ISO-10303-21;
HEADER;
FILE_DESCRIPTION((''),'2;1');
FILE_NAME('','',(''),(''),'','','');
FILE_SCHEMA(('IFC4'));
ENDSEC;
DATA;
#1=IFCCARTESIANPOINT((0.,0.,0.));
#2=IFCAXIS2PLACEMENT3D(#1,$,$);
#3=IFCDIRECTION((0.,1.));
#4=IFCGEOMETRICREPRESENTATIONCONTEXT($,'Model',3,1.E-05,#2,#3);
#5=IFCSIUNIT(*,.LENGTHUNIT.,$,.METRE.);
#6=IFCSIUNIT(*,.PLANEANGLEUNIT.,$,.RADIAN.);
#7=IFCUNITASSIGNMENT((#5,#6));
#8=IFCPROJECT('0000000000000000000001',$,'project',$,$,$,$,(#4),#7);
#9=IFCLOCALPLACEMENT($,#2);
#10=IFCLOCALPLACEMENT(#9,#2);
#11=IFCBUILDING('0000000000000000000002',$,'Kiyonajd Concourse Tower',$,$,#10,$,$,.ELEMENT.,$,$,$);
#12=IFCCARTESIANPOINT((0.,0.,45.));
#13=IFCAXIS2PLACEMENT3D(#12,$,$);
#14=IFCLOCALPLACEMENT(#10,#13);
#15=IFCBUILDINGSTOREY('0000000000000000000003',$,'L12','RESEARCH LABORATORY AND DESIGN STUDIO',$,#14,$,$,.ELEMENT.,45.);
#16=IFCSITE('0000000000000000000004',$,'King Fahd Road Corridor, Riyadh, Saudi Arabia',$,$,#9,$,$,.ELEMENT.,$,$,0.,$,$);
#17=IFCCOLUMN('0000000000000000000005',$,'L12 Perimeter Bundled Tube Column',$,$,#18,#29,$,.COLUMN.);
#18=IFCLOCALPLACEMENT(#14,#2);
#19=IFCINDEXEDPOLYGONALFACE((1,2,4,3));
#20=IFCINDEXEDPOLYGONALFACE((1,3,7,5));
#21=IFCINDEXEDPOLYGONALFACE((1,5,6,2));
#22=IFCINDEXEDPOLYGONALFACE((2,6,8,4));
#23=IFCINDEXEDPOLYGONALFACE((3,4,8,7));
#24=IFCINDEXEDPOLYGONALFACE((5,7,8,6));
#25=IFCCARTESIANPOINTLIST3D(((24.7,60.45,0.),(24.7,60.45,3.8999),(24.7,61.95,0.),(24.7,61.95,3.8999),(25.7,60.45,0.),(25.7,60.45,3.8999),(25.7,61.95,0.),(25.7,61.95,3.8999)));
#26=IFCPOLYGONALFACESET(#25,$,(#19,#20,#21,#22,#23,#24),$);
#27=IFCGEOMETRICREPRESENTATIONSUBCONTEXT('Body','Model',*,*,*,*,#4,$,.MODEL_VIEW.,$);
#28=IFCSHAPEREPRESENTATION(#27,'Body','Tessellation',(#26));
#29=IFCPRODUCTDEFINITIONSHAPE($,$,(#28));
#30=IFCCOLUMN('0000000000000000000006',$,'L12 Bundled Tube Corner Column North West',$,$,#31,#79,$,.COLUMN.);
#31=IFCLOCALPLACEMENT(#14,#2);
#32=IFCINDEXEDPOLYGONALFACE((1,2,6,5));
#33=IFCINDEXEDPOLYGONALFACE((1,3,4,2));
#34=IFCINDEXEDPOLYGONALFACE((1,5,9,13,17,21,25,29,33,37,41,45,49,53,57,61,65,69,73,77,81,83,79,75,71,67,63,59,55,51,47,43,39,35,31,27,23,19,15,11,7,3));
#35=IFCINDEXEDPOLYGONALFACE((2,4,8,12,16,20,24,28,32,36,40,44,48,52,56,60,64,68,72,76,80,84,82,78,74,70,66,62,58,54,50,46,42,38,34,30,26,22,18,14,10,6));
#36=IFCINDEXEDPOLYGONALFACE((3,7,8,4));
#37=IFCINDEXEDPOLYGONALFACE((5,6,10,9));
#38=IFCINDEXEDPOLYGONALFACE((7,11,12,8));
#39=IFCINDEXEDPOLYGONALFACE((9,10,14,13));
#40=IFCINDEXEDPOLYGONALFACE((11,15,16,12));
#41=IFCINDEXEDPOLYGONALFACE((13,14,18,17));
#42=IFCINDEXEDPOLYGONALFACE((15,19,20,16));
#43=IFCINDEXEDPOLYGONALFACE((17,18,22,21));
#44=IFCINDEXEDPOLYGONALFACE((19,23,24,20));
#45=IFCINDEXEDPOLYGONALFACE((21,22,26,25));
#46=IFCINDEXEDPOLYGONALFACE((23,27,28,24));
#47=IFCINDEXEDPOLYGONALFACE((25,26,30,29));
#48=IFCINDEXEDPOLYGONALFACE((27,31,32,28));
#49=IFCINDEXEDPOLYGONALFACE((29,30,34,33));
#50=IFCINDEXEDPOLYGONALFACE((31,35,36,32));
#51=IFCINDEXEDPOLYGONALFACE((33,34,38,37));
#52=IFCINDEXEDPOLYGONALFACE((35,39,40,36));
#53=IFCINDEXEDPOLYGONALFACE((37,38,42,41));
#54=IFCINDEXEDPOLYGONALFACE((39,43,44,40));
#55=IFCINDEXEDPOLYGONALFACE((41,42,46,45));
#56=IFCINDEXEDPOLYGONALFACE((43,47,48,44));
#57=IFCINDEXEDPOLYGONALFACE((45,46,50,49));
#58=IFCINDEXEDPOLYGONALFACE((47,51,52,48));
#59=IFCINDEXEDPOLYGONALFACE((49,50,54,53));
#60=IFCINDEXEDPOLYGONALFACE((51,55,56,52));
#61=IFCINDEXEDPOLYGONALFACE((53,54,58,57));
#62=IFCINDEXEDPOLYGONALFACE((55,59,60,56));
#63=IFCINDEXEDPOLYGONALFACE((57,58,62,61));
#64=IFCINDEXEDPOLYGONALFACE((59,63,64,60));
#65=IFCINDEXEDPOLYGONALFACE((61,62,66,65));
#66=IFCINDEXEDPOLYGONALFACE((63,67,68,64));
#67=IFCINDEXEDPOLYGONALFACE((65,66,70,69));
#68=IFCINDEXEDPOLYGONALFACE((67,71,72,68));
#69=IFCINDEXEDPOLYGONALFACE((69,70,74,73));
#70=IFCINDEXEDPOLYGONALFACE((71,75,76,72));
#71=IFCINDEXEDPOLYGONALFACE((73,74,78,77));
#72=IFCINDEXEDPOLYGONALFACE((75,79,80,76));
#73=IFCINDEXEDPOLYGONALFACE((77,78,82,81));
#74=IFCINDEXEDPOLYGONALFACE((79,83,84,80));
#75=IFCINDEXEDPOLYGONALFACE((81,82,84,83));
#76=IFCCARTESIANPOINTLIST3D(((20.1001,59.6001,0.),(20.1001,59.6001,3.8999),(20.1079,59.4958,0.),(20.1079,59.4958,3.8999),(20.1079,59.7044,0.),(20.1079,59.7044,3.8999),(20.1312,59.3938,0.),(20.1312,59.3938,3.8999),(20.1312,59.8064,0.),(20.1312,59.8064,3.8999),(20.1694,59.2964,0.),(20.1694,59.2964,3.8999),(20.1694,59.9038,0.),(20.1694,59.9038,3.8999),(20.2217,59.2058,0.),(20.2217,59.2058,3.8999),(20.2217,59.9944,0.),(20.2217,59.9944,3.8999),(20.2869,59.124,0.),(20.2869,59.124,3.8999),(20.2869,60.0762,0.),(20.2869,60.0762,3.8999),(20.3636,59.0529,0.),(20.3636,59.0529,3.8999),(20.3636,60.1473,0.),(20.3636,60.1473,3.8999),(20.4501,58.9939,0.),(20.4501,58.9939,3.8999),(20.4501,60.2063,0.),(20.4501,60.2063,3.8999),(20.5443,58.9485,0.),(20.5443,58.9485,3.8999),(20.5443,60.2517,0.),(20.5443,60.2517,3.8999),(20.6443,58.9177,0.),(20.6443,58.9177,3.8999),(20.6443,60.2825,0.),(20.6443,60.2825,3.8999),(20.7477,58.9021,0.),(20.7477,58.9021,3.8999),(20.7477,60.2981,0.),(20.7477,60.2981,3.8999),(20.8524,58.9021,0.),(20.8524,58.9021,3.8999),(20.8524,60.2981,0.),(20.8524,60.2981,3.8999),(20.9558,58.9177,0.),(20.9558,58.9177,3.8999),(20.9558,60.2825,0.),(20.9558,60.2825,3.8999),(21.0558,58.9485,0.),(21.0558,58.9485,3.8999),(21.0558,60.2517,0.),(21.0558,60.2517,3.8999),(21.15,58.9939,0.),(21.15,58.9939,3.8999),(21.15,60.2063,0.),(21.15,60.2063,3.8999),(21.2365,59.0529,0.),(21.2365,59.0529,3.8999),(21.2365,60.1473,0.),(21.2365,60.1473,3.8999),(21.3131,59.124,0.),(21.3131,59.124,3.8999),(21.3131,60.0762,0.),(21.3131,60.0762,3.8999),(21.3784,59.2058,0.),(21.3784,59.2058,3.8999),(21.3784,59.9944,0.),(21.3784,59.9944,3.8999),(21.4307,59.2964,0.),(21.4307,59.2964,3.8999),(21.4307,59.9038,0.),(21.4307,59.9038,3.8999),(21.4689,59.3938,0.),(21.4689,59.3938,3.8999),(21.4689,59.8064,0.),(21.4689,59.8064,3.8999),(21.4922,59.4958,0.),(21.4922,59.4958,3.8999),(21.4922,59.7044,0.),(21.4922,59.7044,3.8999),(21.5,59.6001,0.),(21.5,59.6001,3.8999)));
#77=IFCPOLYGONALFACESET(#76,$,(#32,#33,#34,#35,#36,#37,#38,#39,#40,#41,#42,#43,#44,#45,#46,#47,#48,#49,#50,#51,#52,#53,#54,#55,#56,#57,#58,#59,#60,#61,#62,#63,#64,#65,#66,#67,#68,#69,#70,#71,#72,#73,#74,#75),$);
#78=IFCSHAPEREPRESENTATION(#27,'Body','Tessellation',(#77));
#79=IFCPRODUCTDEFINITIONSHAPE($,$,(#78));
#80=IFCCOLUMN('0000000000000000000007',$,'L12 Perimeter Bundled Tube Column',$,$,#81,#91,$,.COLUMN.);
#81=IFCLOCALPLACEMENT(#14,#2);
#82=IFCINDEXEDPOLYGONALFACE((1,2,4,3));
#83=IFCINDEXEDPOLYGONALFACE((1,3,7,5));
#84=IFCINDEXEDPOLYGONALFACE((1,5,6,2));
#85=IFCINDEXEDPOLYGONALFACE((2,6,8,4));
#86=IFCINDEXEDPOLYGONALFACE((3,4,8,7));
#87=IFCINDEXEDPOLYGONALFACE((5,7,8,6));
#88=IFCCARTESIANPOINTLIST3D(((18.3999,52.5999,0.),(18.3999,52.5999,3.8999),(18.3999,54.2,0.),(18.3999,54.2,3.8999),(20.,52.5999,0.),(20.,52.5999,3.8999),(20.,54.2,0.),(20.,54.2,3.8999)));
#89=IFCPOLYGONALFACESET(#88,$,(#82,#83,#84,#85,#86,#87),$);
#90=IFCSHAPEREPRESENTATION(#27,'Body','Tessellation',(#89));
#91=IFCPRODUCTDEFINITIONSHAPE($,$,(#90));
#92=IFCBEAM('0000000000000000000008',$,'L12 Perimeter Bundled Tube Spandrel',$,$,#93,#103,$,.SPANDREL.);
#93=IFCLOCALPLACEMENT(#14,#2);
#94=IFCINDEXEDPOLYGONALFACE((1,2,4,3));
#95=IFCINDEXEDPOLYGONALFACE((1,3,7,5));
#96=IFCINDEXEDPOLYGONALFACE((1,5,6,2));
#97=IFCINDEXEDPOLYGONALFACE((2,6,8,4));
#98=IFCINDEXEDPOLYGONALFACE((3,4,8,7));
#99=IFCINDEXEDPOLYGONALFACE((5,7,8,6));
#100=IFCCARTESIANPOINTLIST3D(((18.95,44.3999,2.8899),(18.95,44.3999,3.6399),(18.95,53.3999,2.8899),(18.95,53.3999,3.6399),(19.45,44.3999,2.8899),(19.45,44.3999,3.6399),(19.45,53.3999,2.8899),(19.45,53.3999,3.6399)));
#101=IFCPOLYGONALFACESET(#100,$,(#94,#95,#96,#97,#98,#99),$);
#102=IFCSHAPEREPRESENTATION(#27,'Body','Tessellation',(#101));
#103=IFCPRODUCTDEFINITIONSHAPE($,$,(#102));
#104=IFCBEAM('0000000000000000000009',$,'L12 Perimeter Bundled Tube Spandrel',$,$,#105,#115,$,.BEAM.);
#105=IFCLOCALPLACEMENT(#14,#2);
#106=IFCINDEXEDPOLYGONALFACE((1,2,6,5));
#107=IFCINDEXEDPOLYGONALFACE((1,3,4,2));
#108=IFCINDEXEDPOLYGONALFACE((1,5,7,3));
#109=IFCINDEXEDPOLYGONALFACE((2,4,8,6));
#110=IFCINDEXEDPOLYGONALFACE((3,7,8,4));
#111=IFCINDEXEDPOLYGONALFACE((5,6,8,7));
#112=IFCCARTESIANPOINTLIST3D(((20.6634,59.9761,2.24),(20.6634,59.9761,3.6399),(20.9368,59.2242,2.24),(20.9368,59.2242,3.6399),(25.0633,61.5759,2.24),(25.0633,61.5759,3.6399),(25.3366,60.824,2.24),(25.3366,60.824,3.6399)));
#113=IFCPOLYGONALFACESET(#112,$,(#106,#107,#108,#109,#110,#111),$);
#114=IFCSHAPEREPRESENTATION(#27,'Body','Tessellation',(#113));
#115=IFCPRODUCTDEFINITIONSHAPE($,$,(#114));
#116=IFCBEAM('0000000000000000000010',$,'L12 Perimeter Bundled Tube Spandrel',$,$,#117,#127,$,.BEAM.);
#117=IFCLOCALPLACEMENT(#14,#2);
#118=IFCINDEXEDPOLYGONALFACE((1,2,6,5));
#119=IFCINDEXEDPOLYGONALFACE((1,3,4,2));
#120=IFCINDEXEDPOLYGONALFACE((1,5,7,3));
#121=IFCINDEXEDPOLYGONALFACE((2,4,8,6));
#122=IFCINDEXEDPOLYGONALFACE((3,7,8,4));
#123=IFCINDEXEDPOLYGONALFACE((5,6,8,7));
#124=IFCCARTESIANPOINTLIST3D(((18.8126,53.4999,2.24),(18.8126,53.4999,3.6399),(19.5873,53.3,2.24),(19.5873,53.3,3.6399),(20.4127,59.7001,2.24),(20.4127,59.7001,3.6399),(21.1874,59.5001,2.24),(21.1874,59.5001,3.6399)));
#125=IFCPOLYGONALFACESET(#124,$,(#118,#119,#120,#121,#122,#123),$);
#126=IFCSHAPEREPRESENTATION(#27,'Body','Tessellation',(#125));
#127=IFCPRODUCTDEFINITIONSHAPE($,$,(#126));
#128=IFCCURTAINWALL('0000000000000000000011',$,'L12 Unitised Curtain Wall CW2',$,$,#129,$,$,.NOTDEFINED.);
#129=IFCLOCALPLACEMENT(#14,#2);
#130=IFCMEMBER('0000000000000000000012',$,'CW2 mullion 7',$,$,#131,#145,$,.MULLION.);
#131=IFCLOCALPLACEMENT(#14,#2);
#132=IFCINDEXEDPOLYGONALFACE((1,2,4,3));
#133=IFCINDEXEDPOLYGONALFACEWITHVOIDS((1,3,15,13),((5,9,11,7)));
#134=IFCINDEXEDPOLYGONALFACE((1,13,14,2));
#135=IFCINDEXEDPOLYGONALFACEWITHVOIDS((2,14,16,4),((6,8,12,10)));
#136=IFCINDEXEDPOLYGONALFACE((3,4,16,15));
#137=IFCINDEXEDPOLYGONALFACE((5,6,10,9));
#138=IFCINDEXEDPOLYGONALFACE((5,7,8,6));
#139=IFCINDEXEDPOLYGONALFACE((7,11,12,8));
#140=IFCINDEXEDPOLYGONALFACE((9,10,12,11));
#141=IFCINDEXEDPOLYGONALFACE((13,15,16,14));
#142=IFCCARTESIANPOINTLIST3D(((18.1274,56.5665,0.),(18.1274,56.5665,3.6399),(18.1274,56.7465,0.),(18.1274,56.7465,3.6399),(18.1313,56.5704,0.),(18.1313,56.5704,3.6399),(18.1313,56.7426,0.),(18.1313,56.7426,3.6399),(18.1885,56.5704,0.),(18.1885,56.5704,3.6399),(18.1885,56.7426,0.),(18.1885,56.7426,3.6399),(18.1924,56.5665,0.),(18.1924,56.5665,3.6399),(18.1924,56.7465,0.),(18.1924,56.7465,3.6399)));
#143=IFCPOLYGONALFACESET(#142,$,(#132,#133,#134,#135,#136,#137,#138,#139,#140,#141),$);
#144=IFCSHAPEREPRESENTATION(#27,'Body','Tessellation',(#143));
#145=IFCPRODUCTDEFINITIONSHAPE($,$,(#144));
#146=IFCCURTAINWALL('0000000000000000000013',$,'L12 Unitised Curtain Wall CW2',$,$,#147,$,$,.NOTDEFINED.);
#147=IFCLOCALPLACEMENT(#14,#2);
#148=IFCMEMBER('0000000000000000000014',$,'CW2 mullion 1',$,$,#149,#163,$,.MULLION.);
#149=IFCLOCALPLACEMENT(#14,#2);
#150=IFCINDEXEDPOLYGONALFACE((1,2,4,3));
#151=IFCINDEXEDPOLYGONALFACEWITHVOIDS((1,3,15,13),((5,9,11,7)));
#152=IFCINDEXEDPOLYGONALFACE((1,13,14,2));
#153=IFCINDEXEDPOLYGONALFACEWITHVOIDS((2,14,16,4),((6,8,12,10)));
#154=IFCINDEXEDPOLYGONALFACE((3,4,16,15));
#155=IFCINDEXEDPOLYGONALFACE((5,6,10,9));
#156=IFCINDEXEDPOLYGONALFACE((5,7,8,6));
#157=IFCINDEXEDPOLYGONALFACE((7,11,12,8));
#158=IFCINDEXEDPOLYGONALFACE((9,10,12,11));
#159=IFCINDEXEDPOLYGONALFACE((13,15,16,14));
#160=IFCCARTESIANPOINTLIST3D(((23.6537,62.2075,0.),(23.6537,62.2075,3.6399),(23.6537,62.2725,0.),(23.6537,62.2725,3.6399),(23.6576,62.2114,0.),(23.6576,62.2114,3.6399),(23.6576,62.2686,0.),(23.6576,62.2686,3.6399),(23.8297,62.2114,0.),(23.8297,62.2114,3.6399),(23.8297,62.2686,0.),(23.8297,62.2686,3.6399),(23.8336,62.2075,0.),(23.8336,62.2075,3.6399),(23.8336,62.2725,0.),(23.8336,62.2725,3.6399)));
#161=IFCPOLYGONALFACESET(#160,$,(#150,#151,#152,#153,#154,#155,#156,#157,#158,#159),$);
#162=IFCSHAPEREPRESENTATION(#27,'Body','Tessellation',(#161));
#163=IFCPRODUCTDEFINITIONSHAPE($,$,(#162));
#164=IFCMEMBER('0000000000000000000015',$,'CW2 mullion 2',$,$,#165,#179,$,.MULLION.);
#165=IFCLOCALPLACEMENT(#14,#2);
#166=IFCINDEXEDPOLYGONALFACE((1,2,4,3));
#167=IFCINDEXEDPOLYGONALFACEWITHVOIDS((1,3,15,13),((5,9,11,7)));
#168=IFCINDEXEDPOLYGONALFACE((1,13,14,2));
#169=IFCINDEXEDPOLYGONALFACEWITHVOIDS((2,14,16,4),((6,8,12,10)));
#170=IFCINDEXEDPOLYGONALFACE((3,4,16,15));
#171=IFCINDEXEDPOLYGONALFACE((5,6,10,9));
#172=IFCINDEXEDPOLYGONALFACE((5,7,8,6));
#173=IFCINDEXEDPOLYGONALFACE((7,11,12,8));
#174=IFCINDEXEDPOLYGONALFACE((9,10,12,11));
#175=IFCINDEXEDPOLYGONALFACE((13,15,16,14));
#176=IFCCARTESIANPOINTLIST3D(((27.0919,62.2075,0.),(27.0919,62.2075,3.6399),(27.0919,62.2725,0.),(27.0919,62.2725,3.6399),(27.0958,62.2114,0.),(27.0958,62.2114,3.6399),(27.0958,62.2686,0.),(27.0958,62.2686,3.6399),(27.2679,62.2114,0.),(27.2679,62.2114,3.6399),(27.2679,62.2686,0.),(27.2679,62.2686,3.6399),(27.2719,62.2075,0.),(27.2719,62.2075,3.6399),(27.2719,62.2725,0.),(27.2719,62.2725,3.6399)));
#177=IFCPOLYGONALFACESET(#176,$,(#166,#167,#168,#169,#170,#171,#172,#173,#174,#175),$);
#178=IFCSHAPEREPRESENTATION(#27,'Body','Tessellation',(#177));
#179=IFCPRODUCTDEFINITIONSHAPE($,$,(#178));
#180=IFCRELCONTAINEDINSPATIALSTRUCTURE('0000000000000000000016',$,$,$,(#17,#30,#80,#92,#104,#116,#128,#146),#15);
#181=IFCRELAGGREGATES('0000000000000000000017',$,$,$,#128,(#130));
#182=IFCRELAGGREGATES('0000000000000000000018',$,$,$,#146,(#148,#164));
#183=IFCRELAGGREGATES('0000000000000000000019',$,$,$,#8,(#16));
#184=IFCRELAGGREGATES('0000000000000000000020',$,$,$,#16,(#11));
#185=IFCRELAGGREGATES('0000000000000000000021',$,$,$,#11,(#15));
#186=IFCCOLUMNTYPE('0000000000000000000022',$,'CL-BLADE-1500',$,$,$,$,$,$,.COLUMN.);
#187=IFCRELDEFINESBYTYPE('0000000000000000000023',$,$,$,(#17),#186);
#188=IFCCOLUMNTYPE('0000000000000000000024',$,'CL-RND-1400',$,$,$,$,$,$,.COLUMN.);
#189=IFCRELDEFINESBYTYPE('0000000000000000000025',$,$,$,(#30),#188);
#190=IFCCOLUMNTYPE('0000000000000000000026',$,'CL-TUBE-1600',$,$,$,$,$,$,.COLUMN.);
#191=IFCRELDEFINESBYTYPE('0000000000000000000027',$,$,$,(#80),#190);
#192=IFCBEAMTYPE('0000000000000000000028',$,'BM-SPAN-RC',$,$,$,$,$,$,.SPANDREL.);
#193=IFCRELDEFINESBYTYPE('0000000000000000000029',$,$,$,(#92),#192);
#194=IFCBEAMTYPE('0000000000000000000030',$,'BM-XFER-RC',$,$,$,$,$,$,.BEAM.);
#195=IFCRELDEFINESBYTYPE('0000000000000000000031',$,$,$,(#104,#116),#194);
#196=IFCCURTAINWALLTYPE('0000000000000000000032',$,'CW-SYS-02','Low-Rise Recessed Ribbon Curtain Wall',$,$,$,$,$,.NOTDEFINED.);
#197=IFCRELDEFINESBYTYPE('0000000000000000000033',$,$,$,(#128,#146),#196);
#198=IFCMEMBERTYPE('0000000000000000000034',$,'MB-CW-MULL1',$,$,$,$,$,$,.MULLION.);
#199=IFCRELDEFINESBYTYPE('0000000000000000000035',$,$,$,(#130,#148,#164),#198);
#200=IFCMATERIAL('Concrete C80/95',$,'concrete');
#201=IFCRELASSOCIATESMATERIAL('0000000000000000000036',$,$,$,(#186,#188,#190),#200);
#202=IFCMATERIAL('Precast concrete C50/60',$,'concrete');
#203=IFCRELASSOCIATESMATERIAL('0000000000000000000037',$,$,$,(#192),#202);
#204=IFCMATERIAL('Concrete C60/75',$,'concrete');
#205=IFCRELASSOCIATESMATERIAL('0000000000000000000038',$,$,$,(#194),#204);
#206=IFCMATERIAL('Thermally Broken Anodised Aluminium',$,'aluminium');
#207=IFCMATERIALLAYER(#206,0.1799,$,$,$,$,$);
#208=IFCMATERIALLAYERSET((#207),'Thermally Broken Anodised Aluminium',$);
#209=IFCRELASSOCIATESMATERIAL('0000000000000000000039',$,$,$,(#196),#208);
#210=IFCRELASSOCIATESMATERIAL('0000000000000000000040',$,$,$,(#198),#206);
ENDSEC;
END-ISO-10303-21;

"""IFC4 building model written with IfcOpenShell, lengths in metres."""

from ifc_helpers import new_model, si_unit, direction, frame, origin, origin_2d, place, context, subcontext, project, spatial, rectangle, hollow_rectangle, circle, extrude, material, layer, layer_set, material_profile, profile_set, type_object, element, aggregate, save


model = new_model("IFC4")

# Units and contexts
model_context = context("Model", 3, precision=1e-05, world=origin(), true_north=direction((0.0, 1.0)))
body_context = subcontext(model_context, "Body", "Model", "MODEL_VIEW")
ifc_project = project(units=[si_unit("LENGTHUNIT", "METRE"), si_unit("PLANEANGLEUNIT", "RADIAN")], contexts=[model_context])

# Site, building, storey
site_placement = place(None, origin())
site = spatial("IfcSite", under=ifc_project, at=site_placement, Name="King Fahd Road Corridor, Riyadh, Saudi Arabia", CompositionType="ELEMENT", RefElevation=0.0)
building_placement = place(site_placement, origin())
building = spatial("IfcBuilding", under=site, at=building_placement, Name="Kiyonajd Concourse Tower", CompositionType="ELEMENT")
storey_placement = place(building_placement, frame((0.0, 0.0, 45.0)))
storey = spatial("IfcBuildingStorey", under=building, at=storey_placement, Name="L12", Description="RESEARCH LABORATORY AND DESIGN STUDIO", CompositionType="ELEMENT", Elevation=45.0)

# Columns
ifc_material_1 = material(Name="Concrete C80/95", Category="concrete")
ifc_material_profile_1 = material_profile(ifc_material_1, rectangle(XDim=1.0, YDim=1.5, at=origin_2d()), Name="RC-1500x1000")
ifc_profile_set_1 = profile_set([ifc_material_profile_1], Name="Concrete C80/95")
column_type_1 = type_object("IfcColumnType", Name="CL-BLADE-1500", PredefinedType="COLUMN", material=ifc_profile_set_1)
column_1_placement = place(storey_placement, frame((25.2, 61.2, 0.0), z_axis=(0.0, 0.0, 1.0), x_axis=(1.0, 0.0, 0.0)))
element("IfcColumn", 1, at=column_1_placement, inside=storey, type_object=column_type_1, Name="L12 Perimeter Bundled Tube Column", PredefinedType="COLUMN", context=body_context, shape_type="SweptSolid", body=[
    extrude(rectangle(XDim=1.0, YDim=1.5, at=origin_2d()), origin(), (0.0, 0.0, 1.0), 3.8999),
])
ifc_material_profile_2 = material_profile(ifc_material_1, circle(Radius=0.7, at=origin_2d()), Name="RCC-D1400")
ifc_profile_set_2 = profile_set([ifc_material_profile_2], Name="Concrete C80/95")
column_type_2 = type_object("IfcColumnType", Name="CL-RND-1400", PredefinedType="COLUMN", material=ifc_profile_set_2)
column_2_placement = place(storey_placement, frame((20.8, 59.6001, 0.0), z_axis=(0.0, 0.0, 1.0), x_axis=(1.0, 0.0, 0.0)))
element("IfcColumn", 2, at=column_2_placement, inside=storey, type_object=column_type_2, Name="L12 Bundled Tube Corner Column North West", PredefinedType="COLUMN", context=body_context, shape_type="SweptSolid", body=[
    extrude(circle(Radius=0.7, at=origin_2d()), origin(), (0.0, 0.0, 1.0), 3.8999),
])
ifc_material_profile_3 = material_profile(ifc_material_1, rectangle(XDim=1.6001, YDim=1.6001, at=origin_2d()), Name="RC-1600x1600")
ifc_profile_set_3 = profile_set([ifc_material_profile_3], Name="Concrete C80/95")
column_type_3 = type_object("IfcColumnType", Name="CL-TUBE-1600", PredefinedType="COLUMN", material=ifc_profile_set_3)
column_3_placement = place(storey_placement, frame((19.2, 53.3999, 0.0), z_axis=(0.0, 0.0, 1.0), x_axis=(1.0, 0.0, 0.0)))
element("IfcColumn", 3, at=column_3_placement, inside=storey, type_object=column_type_3, Name="L12 Perimeter Bundled Tube Column", PredefinedType="COLUMN", context=body_context, shape_type="SweptSolid", body=[
    extrude(rectangle(XDim=1.6001, YDim=1.6001, at=origin_2d()), origin(), (0.0, 0.0, 1.0), 3.8999),
])

# Beams
ifc_material_2 = material(Name="Precast concrete C50/60", Category="concrete")
ifc_material_profile_4 = material_profile(ifc_material_2, rectangle(XDim=0.5, YDim=0.75, at=origin_2d()), Name="RCBM-500x750")
ifc_profile_set_4 = profile_set([ifc_material_profile_4], Name="Precast concrete C50/60")
beam_type_1 = type_object("IfcBeamType", Name="BM-SPAN-RC", PredefinedType="SPANDREL", material=ifc_profile_set_4)
beam_1_placement = place(storey_placement, frame((19.2, 53.3999, 3.2649), z_axis=(0.0, -1.0, 0.0), x_axis=(1.0, 0.0, 0.0)))
element("IfcBeam", 4, at=beam_1_placement, inside=storey, type_object=beam_type_1, Name="L12 Perimeter Bundled Tube Spandrel", PredefinedType="SPANDREL", context=body_context, shape_type="SweptSolid", body=[
    extrude(rectangle(XDim=0.5, YDim=0.75, at=origin_2d()), origin(), (0.0, 0.0, 1.0), 9.0),
])
ifc_material_3 = material(Name="Concrete C60/75", Category="concrete")
ifc_material_profile_5 = material_profile(ifc_material_3, rectangle(XDim=0.8, YDim=1.3999, at=origin_2d()), Name="RCBM-800x1400")
ifc_profile_set_5 = profile_set([ifc_material_profile_5], Name="Concrete C60/75")
beam_type_2 = type_object("IfcBeamType", Name="BM-XFER-RC", PredefinedType="BEAM", material=ifc_profile_set_5)
beam_2_placement = place(storey_placement, frame((25.2, 61.2, 2.9399), z_axis=(-0.939801, -0.341722, 0.0), x_axis=(0.341722, -0.939801, 0.0)))
element("IfcBeam", 5, at=beam_2_placement, inside=storey, type_object=beam_type_2, Name="L12 Perimeter Bundled Tube Spandrel", PredefinedType="BEAM", context=body_context, shape_type="SweptSolid", body=[
    extrude(rectangle(XDim=0.8, YDim=1.3999, at=origin_2d()), origin(), (0.0, 0.0, 1.0), 4.6816),
])
beam_3_placement = place(storey_placement, frame((20.8, 59.6001, 2.9399), z_axis=(-0.249885, -0.968276, 0.0), x_axis=(0.968276, -0.249885, 0.0)))
element("IfcBeam", 6, at=beam_3_placement, inside=storey, type_object=beam_type_2, Name="L12 Perimeter Bundled Tube Spandrel", PredefinedType="BEAM", context=body_context, shape_type="SweptSolid", body=[
    extrude(rectangle(XDim=0.8, YDim=1.3999, at=origin_2d()), origin(), (0.0, 0.0, 1.0), 6.4033),
])

# Curtain wall, member
ifc_material_4 = material(Name="Thermally Broken Anodised Aluminium", Category="aluminium")
ifc_layer_1 = layer(ifc_material_4, 0.1799)
ifc_layer_set_1 = layer_set([ifc_layer_1], Name="Thermally Broken Anodised Aluminium")
curtain_wall_type = type_object("IfcCurtainWallType", Name="CW-SYS-02", Description="Low-Rise Recessed Ribbon Curtain Wall", PredefinedType="NOTDEFINED", material=ifc_layer_set_1)
curtain_wall_1_placement = place(storey_placement, origin())
curtain_wall_1 = element("IfcCurtainWall", 7, at=curtain_wall_1_placement, inside=storey, type_object=curtain_wall_type, Name="L12 Unitised Curtain Wall CW2", PredefinedType="NOTDEFINED")
ifc_material_profile_6 = material_profile(ifc_material_4, hollow_rectangle(XDim=0.0649, YDim=0.1799, WallThickness=0.0039, at=origin_2d()), Name="MULL-65x180")
ifc_profile_set_6 = profile_set([ifc_material_profile_6], Name="Thermally Broken Anodised Aluminium")
member_type_1 = type_object("IfcMemberType", Name="MB-CW-MULL1", PredefinedType="MULLION", material=ifc_profile_set_6)
member_1_placement = place(storey_placement, frame((18.1599, 56.6565, 0.0), z_axis=(0.0, 0.0, 1.0), x_axis=(-1.0, 0.0, 0.0)))
member_1 = element("IfcMember", 8, at=member_1_placement, type_object=member_type_1, Name="CW2 mullion 7", PredefinedType="MULLION", context=body_context, shape_type="SweptSolid", body=[
    extrude(hollow_rectangle(XDim=0.0649, YDim=0.1799, WallThickness=0.0039, at=origin_2d()), origin(), (0.0, 0.0, 1.0), 3.6399),
])

# Curtain wall, members
curtain_wall_2_placement = place(storey_placement, origin())
curtain_wall_2 = element("IfcCurtainWall", 9, at=curtain_wall_2_placement, inside=storey, type_object=curtain_wall_type, Name="L12 Unitised Curtain Wall CW2", PredefinedType="NOTDEFINED")
member_2_placement = place(storey_placement, frame((23.7437, 62.24, 0.0), z_axis=(0.0, 0.0, 1.0), x_axis=(0.0, 1.0, 0.0)))
member_2 = element("IfcMember", 10, at=member_2_placement, type_object=member_type_1, Name="CW2 mullion 1", PredefinedType="MULLION", context=body_context, shape_type="SweptSolid", body=[
    extrude(hollow_rectangle(XDim=0.0649, YDim=0.1799, WallThickness=0.0039, at=origin_2d()), origin(), (0.0, 0.0, 1.0), 3.6399),
])
member_3_placement = place(storey_placement, frame((27.1819, 62.24, 0.0), z_axis=(0.0, 0.0, 1.0), x_axis=(0.0, 1.0, 0.0)))
member_3 = element("IfcMember", 11, at=member_3_placement, type_object=member_type_1, Name="CW2 mullion 2", PredefinedType="MULLION", context=body_context, shape_type="SweptSolid", body=[
    extrude(hollow_rectangle(XDim=0.0649, YDim=0.1799, WallThickness=0.0039, at=origin_2d()), origin(), (0.0, 0.0, 1.0), 3.6399),
])

aggregate(curtain_wall_1, [member_1])
aggregate(curtain_wall_2, [member_2, member_3])

save(model, "model.ifc")
